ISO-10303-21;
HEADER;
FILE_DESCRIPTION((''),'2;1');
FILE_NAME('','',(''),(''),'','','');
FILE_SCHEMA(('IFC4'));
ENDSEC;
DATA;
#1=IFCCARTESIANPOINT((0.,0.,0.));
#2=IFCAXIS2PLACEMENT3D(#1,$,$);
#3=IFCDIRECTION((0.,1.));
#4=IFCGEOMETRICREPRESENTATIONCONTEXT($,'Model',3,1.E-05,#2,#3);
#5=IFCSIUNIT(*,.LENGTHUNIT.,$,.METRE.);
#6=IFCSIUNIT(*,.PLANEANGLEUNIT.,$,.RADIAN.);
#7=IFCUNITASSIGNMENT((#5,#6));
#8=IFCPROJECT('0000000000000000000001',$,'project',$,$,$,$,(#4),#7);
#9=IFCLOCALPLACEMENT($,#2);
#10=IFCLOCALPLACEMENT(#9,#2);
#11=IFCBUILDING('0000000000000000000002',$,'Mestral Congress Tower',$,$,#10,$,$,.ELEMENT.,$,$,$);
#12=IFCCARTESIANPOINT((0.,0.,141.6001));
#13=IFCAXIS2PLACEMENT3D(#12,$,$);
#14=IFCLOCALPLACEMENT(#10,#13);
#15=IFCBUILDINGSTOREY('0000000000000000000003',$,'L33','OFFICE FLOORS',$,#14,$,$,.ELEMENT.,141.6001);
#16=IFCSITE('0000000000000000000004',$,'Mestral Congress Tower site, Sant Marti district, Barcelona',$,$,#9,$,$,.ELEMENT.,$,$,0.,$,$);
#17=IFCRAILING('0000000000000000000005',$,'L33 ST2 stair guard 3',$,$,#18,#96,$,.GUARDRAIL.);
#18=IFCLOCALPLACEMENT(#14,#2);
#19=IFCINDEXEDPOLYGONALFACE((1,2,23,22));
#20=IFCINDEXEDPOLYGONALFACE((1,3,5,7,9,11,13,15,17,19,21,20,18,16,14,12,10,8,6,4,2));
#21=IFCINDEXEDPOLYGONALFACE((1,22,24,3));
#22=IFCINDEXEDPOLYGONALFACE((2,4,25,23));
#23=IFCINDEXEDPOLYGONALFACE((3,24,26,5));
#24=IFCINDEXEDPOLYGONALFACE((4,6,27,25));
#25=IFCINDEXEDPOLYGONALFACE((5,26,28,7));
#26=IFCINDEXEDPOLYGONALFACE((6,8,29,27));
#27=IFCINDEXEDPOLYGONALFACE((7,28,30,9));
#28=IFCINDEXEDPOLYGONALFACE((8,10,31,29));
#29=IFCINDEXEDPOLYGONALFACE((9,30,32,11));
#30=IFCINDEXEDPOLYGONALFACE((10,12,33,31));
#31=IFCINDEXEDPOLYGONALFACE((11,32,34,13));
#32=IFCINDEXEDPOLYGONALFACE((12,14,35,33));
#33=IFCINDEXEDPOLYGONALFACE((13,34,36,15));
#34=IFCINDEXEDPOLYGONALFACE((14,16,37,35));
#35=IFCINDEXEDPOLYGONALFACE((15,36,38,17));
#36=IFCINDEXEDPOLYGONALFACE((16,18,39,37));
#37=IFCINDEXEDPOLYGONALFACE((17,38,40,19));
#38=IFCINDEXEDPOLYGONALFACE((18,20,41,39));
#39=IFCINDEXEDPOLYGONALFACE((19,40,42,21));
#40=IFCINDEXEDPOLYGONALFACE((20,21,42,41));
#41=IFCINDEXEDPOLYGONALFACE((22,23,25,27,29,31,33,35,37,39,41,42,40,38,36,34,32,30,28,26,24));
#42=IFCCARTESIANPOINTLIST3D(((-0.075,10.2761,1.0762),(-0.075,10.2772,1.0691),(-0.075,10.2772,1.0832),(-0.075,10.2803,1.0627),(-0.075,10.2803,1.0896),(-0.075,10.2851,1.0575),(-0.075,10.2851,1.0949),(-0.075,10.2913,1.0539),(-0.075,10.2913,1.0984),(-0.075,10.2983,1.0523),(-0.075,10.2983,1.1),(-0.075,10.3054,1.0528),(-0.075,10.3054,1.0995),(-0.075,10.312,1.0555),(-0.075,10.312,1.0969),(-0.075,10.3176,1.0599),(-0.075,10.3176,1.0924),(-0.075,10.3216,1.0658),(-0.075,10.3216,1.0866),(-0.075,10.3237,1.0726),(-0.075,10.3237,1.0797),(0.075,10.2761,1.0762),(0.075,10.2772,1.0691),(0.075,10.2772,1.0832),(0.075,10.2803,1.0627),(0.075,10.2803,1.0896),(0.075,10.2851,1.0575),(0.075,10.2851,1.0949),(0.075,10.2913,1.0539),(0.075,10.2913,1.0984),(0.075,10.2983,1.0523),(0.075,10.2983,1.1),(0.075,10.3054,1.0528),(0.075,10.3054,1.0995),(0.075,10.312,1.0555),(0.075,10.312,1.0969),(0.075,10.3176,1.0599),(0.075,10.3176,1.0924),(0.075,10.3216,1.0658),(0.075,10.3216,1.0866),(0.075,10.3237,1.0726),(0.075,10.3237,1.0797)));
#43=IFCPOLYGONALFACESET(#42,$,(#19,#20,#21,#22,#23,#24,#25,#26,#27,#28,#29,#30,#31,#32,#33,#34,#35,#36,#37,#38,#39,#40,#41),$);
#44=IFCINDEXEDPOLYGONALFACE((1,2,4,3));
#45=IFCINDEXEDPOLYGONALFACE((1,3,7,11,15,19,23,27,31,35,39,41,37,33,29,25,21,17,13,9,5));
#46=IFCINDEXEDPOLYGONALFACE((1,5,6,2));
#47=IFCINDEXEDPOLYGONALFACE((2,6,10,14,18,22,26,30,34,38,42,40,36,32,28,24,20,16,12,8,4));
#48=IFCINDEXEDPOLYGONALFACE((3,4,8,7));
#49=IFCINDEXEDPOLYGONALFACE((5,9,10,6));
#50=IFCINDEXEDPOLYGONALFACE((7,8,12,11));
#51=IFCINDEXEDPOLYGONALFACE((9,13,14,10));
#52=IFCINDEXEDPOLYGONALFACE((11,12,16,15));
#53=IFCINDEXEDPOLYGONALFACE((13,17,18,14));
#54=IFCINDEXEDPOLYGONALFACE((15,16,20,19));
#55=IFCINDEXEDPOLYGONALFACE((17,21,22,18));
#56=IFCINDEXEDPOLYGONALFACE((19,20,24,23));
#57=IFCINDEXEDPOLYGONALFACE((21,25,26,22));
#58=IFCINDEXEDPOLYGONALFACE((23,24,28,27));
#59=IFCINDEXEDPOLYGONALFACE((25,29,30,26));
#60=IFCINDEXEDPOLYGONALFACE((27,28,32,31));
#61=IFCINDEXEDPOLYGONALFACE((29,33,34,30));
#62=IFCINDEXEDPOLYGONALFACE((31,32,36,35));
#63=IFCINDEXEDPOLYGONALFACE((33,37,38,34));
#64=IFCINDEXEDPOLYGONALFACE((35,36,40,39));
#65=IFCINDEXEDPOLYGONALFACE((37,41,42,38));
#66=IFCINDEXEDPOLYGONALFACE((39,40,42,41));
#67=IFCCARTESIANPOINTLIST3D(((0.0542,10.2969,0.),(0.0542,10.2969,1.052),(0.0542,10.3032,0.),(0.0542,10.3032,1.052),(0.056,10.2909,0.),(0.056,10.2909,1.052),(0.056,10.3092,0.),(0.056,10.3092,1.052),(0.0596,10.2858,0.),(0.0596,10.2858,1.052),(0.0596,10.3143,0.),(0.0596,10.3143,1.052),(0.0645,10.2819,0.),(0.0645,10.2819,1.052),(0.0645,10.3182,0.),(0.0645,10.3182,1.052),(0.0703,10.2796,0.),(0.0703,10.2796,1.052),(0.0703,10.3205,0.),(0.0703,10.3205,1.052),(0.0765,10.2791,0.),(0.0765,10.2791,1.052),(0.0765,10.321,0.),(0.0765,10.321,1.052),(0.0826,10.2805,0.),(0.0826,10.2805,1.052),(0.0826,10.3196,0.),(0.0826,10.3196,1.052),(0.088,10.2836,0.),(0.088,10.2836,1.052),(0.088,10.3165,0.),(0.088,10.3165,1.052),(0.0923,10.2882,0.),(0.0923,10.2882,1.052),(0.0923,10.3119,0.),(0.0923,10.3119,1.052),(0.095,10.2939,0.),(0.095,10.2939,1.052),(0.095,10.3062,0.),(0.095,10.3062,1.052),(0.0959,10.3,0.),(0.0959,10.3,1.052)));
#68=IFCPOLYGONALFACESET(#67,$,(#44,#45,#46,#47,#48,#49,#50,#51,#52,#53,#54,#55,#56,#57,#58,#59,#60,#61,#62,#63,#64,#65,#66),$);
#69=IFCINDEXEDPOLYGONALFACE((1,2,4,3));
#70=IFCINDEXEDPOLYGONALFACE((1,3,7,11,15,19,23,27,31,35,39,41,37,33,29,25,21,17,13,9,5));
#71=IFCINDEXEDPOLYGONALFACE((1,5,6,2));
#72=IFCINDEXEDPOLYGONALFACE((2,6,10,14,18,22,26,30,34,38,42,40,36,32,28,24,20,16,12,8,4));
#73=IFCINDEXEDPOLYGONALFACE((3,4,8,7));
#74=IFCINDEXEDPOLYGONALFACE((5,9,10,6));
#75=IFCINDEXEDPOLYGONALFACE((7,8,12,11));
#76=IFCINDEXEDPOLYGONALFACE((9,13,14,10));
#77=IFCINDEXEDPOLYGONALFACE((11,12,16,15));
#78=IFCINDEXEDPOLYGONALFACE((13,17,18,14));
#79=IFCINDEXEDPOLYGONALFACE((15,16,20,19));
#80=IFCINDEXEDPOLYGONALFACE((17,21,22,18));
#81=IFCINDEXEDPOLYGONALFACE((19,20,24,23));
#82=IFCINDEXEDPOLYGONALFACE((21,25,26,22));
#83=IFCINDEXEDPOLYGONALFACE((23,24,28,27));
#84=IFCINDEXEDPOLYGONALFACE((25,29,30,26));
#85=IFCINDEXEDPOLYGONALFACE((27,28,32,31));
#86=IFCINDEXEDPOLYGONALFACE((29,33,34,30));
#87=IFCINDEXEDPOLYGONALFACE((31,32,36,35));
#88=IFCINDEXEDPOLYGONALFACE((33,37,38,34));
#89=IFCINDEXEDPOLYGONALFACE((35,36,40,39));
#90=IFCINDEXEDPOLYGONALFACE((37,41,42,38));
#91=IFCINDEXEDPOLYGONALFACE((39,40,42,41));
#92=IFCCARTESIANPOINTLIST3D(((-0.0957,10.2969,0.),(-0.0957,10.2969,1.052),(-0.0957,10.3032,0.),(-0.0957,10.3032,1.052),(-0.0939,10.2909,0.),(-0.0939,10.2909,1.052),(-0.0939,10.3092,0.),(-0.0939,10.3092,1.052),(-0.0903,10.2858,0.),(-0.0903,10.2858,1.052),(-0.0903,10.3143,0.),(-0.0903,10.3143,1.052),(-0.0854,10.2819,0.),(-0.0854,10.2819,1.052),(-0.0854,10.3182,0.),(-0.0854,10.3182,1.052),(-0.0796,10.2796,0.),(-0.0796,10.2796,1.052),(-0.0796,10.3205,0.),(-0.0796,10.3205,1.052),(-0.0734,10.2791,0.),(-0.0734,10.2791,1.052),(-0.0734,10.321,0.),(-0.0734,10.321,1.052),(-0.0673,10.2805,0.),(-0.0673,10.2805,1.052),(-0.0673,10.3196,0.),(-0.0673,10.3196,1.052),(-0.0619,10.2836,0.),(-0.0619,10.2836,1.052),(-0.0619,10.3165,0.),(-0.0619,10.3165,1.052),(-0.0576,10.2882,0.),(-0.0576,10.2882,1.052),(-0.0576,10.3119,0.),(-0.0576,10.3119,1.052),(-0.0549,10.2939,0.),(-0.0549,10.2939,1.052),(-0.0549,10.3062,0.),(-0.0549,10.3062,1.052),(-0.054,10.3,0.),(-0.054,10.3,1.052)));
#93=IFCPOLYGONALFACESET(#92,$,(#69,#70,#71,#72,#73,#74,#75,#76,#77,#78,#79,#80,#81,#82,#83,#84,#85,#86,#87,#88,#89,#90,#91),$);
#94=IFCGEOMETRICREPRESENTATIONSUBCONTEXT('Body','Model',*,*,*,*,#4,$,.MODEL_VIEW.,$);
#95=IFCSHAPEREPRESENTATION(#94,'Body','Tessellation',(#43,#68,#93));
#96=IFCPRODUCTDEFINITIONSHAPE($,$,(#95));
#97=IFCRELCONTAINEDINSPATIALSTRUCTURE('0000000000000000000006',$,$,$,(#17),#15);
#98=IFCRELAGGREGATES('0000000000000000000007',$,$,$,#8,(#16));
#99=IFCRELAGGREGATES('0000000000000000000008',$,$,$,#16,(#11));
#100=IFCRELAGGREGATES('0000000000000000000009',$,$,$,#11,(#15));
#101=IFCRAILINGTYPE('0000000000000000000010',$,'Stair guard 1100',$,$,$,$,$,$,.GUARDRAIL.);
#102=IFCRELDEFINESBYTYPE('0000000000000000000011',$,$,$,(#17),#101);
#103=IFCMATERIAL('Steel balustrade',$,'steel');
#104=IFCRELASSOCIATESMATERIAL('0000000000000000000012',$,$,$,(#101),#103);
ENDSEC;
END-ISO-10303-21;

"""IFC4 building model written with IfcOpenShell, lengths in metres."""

from ifc_helpers import new_model, si_unit, direction, frame, origin, origin_2d, place, context, subcontext, project, spatial, circle, extrude, material, type_object, element, save


model = new_model("IFC4")

# Units and contexts
model_context = context("Model", 3, precision=1e-05, world=origin(), true_north=direction((0.0, 1.0)))
body_context = subcontext(model_context, "Body", "Model", "MODEL_VIEW")
ifc_project = project(units=[si_unit("LENGTHUNIT", "METRE"), si_unit("PLANEANGLEUNIT", "RADIAN")], contexts=[model_context])

# Site, building, storey
site_placement = place(None, origin())
site = spatial("IfcSite", under=ifc_project, at=site_placement, Name="Mestral Congress Tower site, Sant Marti district, Barcelona", CompositionType="ELEMENT", RefElevation=0.0)
building_placement = place(site_placement, origin())
building = spatial("IfcBuilding", under=site, at=building_placement, Name="Mestral Congress Tower", CompositionType="ELEMENT")
storey_placement = place(building_placement, frame((0.0, 0.0, 141.6001)))
storey = spatial("IfcBuildingStorey", under=building, at=storey_placement, Name="L33", Description="OFFICE FLOORS", CompositionType="ELEMENT", Elevation=141.6001)

# Railing
ifc_material_1 = material(Name="Steel balustrade", Category="steel")
railing_type_1 = type_object("IfcRailingType", Name="Stair guard 1100", PredefinedType="GUARDRAIL", material=ifc_material_1)
railing_1_placement = place(storey_placement, frame((0.075, 10.3, 0.0)))
element("IfcRailing", 1, at=railing_1_placement, inside=storey, type_object=railing_type_1, Name="L33 ST2 stair guard 3", PredefinedType="GUARDRAIL", context=body_context, shape_type="SweptSolid", body=[
    extrude(circle(Radius=0.0239, at=origin_2d()), frame((0.0, 0.0, 1.0762), z_axis=(-1.0, 0.0, 0.0), x_axis=(0.0, -1.0, 0.0)), (0.0, 0.0, 1.0), 0.1499),
    extrude(circle(Radius=0.021, at=origin_2d()), origin(), (0.0, 0.0, 1.0), 1.052),
    extrude(circle(Radius=0.021, at=origin_2d()), frame((-0.1499, 0.0, 0.0)), (0.0, 0.0, 1.0), 1.052),
])

save(model, "model.ifc")
